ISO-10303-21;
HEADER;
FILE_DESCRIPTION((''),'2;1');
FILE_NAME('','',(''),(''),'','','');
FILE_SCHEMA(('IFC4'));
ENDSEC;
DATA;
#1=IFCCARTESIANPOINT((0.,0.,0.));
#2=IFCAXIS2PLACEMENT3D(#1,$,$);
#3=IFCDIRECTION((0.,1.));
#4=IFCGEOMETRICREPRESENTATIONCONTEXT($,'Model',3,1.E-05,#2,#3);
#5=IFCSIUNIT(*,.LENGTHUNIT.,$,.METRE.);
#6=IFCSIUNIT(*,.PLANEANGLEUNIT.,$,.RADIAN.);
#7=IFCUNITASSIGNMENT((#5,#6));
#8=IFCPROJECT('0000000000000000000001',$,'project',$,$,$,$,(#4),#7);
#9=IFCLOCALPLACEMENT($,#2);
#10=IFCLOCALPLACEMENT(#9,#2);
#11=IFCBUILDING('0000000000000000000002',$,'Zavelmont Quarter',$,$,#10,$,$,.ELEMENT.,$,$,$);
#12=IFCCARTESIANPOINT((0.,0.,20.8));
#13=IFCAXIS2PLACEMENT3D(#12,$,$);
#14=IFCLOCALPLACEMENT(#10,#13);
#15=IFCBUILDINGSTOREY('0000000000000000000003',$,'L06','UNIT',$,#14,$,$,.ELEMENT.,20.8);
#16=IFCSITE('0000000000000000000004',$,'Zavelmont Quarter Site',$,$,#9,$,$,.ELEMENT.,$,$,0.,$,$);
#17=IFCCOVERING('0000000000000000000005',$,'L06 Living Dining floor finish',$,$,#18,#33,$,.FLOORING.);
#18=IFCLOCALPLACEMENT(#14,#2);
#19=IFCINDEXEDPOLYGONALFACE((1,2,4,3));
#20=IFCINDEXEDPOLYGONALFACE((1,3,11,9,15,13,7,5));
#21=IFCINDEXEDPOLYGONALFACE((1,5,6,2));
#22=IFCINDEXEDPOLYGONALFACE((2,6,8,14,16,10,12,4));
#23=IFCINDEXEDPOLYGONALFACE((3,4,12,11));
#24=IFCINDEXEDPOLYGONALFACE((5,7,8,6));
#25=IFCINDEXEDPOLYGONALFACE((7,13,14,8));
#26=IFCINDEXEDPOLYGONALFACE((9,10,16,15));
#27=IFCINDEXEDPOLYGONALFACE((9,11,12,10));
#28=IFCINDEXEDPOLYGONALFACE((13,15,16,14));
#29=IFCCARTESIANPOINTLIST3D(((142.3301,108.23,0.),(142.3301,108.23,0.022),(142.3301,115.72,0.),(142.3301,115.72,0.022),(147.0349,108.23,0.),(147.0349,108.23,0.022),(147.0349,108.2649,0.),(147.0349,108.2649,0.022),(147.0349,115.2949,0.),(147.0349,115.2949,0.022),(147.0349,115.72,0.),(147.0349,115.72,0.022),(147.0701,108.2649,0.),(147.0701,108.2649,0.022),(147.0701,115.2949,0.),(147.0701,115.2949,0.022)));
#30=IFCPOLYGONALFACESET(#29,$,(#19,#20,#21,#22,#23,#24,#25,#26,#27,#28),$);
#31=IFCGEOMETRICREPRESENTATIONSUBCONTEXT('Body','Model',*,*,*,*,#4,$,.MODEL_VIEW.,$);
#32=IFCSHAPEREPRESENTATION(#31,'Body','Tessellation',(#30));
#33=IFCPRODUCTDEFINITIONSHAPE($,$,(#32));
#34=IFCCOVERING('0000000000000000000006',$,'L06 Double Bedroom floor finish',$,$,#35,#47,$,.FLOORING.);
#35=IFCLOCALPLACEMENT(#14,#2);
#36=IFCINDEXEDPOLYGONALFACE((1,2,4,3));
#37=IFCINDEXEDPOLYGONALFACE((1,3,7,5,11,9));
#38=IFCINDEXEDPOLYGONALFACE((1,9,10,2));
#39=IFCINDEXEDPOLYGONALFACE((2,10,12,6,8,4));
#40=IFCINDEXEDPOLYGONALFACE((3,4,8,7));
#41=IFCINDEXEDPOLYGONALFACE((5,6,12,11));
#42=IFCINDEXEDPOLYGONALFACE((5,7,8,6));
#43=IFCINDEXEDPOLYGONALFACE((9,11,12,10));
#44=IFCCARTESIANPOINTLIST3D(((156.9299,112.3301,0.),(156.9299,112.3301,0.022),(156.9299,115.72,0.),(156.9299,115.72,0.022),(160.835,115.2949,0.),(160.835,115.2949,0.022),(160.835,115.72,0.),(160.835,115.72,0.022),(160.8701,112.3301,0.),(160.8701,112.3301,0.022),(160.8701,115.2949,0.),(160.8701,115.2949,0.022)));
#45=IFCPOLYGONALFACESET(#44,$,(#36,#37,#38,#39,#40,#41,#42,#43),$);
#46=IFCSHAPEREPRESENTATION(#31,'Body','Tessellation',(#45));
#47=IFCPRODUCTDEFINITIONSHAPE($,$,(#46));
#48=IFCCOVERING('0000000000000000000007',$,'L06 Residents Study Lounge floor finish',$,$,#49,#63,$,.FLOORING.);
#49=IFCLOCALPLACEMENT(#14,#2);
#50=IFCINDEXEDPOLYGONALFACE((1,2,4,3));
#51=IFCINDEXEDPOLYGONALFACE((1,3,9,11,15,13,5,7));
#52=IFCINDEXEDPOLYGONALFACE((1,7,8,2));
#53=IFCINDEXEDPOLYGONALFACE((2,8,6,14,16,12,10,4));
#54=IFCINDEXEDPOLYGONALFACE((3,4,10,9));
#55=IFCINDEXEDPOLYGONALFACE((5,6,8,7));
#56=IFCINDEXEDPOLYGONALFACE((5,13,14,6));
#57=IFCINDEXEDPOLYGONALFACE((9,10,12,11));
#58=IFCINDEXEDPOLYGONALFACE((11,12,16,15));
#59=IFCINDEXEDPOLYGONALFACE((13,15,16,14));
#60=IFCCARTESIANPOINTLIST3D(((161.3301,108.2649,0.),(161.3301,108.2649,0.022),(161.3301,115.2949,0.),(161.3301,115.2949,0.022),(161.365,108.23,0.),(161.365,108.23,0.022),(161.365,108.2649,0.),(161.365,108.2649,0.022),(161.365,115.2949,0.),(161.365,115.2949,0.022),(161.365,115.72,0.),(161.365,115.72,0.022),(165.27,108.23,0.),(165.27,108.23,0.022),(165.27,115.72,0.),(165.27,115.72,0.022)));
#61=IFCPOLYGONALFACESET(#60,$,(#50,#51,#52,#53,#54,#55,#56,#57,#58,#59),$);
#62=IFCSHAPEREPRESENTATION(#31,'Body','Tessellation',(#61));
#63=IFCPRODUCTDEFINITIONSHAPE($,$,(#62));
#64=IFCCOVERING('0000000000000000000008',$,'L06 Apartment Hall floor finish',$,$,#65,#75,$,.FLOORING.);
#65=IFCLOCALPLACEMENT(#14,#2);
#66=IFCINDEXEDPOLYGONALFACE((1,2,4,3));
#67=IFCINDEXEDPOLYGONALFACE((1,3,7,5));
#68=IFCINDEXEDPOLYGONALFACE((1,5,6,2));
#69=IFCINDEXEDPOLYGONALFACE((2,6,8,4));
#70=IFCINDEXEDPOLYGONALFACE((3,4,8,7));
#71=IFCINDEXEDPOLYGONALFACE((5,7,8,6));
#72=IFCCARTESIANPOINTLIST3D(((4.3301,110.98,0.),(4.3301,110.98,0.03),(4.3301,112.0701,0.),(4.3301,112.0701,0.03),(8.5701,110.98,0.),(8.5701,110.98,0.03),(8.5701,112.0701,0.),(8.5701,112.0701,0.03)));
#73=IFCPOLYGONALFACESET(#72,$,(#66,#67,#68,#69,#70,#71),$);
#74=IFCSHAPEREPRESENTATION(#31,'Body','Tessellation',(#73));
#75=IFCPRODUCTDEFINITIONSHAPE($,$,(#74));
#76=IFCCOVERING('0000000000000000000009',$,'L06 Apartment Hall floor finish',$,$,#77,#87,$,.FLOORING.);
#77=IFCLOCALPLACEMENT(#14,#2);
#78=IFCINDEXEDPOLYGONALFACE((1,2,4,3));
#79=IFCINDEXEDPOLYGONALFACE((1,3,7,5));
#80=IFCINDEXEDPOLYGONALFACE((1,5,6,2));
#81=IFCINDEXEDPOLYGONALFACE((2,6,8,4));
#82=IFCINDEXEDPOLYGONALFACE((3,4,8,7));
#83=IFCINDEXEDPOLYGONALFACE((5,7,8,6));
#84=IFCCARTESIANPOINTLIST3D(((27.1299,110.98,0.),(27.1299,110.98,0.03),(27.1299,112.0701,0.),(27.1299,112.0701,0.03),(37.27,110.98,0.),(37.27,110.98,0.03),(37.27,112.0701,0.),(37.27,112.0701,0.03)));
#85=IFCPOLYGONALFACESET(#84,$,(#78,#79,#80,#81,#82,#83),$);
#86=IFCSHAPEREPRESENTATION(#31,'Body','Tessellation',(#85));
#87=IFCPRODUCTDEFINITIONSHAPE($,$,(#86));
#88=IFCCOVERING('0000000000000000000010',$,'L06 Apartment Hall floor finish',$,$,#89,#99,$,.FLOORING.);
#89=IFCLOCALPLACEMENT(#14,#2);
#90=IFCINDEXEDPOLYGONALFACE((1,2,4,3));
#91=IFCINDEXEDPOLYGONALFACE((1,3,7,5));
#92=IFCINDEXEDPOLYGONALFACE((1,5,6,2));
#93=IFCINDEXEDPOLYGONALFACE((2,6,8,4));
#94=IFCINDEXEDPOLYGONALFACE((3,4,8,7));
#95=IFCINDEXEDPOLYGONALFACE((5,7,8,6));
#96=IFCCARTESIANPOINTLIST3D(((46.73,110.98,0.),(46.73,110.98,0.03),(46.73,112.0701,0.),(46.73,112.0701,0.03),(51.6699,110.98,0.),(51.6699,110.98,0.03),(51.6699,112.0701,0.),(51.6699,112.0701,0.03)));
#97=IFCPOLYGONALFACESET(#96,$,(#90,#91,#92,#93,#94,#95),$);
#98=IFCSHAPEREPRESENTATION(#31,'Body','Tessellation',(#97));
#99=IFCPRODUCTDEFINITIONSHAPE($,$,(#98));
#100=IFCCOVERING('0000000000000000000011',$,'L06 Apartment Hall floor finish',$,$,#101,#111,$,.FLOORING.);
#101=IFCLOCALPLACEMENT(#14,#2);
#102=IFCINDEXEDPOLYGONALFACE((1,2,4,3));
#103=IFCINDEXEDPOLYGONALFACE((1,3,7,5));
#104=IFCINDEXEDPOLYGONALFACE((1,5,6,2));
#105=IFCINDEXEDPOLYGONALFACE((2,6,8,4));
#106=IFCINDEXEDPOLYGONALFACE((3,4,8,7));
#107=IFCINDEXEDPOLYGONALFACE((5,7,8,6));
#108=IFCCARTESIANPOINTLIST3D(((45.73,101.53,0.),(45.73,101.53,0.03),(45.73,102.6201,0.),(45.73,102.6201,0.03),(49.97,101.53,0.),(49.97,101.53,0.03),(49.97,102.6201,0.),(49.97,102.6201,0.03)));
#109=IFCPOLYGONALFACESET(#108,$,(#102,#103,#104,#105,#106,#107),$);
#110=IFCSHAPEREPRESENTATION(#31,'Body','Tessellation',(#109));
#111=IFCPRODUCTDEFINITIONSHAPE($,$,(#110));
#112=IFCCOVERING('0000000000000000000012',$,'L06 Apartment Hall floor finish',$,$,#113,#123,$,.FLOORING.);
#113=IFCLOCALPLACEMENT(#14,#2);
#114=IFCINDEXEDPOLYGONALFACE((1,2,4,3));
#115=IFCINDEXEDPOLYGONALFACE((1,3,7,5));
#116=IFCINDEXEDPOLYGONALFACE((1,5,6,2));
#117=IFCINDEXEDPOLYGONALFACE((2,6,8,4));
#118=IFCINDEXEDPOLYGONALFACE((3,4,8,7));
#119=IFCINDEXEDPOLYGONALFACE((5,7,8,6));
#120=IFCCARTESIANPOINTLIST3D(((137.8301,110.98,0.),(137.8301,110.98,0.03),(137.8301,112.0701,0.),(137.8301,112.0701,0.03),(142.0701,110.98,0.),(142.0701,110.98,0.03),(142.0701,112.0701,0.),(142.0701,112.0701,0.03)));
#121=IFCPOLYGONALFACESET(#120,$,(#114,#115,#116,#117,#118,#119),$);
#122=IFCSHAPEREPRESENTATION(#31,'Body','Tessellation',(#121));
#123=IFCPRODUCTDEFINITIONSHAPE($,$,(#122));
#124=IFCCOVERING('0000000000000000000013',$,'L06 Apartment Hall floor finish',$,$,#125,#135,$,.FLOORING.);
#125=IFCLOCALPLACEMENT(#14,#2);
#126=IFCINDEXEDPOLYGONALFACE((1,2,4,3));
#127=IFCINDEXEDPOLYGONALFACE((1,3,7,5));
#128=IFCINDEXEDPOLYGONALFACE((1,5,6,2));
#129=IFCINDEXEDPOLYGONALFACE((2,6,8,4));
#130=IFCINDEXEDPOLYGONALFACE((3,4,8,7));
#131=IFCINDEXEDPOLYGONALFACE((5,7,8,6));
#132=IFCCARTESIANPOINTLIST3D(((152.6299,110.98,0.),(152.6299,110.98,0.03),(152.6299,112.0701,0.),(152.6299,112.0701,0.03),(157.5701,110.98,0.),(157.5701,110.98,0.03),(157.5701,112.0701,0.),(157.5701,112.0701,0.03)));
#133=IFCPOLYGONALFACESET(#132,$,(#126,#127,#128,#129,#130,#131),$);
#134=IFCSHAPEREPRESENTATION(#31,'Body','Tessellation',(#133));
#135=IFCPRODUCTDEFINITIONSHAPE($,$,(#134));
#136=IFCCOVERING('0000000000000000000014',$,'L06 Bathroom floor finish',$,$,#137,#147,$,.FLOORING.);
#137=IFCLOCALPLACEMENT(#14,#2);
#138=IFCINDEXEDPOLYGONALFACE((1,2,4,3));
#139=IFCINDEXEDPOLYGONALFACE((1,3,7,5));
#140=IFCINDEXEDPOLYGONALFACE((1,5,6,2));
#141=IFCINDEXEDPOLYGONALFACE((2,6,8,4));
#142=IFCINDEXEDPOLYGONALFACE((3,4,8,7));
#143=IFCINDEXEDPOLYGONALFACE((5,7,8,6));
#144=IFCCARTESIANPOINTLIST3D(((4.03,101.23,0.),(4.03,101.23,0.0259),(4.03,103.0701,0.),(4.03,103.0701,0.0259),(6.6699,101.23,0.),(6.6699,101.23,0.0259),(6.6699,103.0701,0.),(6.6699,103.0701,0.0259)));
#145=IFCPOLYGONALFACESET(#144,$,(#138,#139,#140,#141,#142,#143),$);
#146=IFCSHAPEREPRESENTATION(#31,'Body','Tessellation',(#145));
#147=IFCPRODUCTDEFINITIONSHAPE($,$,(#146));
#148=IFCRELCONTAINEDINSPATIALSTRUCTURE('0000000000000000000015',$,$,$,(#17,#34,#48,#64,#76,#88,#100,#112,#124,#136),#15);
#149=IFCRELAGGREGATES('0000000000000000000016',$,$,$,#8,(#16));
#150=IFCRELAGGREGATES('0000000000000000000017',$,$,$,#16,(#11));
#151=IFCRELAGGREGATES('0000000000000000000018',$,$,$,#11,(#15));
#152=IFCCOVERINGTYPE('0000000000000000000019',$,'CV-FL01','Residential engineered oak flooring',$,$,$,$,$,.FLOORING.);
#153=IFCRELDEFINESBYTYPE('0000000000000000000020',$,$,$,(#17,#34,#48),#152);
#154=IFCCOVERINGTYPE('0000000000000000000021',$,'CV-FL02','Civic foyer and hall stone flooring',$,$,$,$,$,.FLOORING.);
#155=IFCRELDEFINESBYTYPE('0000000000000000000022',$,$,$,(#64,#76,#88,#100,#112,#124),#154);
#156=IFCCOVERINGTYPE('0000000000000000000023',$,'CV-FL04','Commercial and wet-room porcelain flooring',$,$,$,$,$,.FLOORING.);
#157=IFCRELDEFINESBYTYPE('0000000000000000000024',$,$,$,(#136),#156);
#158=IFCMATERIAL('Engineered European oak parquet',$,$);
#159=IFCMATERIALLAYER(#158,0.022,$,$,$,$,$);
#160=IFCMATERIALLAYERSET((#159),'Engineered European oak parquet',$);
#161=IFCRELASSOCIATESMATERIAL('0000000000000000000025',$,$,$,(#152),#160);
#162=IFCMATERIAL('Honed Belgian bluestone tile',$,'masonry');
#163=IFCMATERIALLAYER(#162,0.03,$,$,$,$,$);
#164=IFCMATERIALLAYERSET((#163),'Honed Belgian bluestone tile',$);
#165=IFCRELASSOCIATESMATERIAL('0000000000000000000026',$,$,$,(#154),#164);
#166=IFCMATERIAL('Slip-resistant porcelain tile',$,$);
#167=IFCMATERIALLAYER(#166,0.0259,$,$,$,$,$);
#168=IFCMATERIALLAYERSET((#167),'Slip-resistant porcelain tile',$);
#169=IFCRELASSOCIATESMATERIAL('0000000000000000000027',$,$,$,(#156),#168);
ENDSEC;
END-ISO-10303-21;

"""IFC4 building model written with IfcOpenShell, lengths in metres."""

from ifc_helpers import new_model, si_unit, direction, frame, origin, place, context, subcontext, project, spatial, polyline, outline, extrude, material, layer, layer_set, type_object, element, save


model = new_model("IFC4")

# Units and contexts
model_context = context("Model", 3, precision=1e-05, world=origin(), true_north=direction((0.0, 1.0)))
body_context = subcontext(model_context, "Body", "Model", "MODEL_VIEW")
ifc_project = project(units=[si_unit("LENGTHUNIT", "METRE"), si_unit("PLANEANGLEUNIT", "RADIAN")], contexts=[model_context])

# Site, building, storey
site_placement = place(None, origin())
site = spatial("IfcSite", under=ifc_project, at=site_placement, Name="Zavelmont Quarter Site", CompositionType="ELEMENT", RefElevation=0.0)
building_placement = place(site_placement, origin())
building = spatial("IfcBuilding", under=site, at=building_placement, Name="Zavelmont Quarter", CompositionType="ELEMENT")
storey_placement = place(building_placement, frame((0.0, 0.0, 20.8)))
storey = spatial("IfcBuildingStorey", under=building, at=storey_placement, Name="L06", Description="UNIT", CompositionType="ELEMENT", Elevation=20.8)

# Coverings
ifc_material_1 = material(Name="Engineered European oak parquet")
ifc_layer_1 = layer(ifc_material_1, 0.022)
ifc_layer_set_1 = layer_set([ifc_layer_1], Name="Engineered European oak parquet")
covering_type_1 = type_object("IfcCoveringType", Name="CV-FL01", Description="Residential engineered oak flooring", PredefinedType="FLOORING", material=ifc_layer_set_1)
covering_1_placement = place(storey_placement, origin())
element("IfcCovering", 1, at=covering_1_placement, inside=storey, type_object=covering_type_1, Name="L06 Living Dining floor finish", PredefinedType="FLOORING", context=body_context, shape_type="SweptSolid", body=[
    extrude(outline(polyline([(142.3301, 115.72), (147.0349, 115.72), (147.0349, 115.2949), (147.0701, 115.2949), (147.0701, 108.2649), (147.0349, 108.2649), (147.0349, 108.23), (142.3301, 108.23), (142.3301, 115.72)])), origin(), (0.0, 0.0, 1.0), 0.022),
])
covering_2_placement = place(storey_placement, origin())
element("IfcCovering", 2, at=covering_2_placement, inside=storey, type_object=covering_type_1, Name="L06 Double Bedroom floor finish", PredefinedType="FLOORING", context=body_context, shape_type="SweptSolid", body=[
    extrude(outline(polyline([(156.9299, 115.72), (160.835, 115.72), (160.835, 115.2949), (160.8701, 115.2949), (160.8701, 112.3301), (156.9299, 112.3301), (156.9299, 115.72)])), origin(), (0.0, 0.0, 1.0), 0.022),
])
covering_3_placement = place(storey_placement, origin())
element("IfcCovering", 3, at=covering_3_placement, inside=storey, type_object=covering_type_1, Name="L06 Residents Study Lounge floor finish", PredefinedType="FLOORING", context=body_context, shape_type="SweptSolid", body=[
    extrude(outline(polyline([(161.3301, 115.2949), (161.365, 115.2949), (161.365, 115.72), (165.27, 115.72), (165.27, 108.23), (161.365, 108.23), (161.365, 108.2649), (161.3301, 108.2649), (161.3301, 115.2949)])), origin(), (0.0, 0.0, 1.0), 0.022),
])
ifc_material_2 = material(Name="Honed Belgian bluestone tile", Category="masonry")
ifc_layer_2 = layer(ifc_material_2, 0.03)
ifc_layer_set_2 = layer_set([ifc_layer_2], Name="Honed Belgian bluestone tile")
covering_type_2 = type_object("IfcCoveringType", Name="CV-FL02", Description="Civic foyer and hall stone flooring", PredefinedType="FLOORING", material=ifc_layer_set_2)
covering_4_placement = place(storey_placement, origin())
element("IfcCovering", 4, at=covering_4_placement, inside=storey, type_object=covering_type_2, Name="L06 Apartment Hall floor finish", PredefinedType="FLOORING", context=body_context, shape_type="SweptSolid", body=[
    extrude(outline(polyline([(4.3301, 112.0701), (8.5701, 112.0701), (8.5701, 110.98), (4.3301, 110.98), (4.3301, 112.0701)])), origin(), (0.0, 0.0, 1.0), 0.03),
])
covering_5_placement = place(storey_placement, origin())
element("IfcCovering", 5, at=covering_5_placement, inside=storey, type_object=covering_type_2, Name="L06 Apartment Hall floor finish", PredefinedType="FLOORING", context=body_context, shape_type="SweptSolid", body=[
    extrude(outline(polyline([(27.1299, 112.0701), (37.27, 112.0701), (37.27, 110.98), (27.1299, 110.98), (27.1299, 112.0701)])), origin(), (0.0, 0.0, 1.0), 0.03),
])
covering_6_placement = place(storey_placement, origin())
element("IfcCovering", 6, at=covering_6_placement, inside=storey, type_object=covering_type_2, Name="L06 Apartment Hall floor finish", PredefinedType="FLOORING", context=body_context, shape_type="SweptSolid", body=[
    extrude(outline(polyline([(46.73, 112.0701), (51.6699, 112.0701), (51.6699, 110.98), (46.73, 110.98), (46.73, 112.0701)])), origin(), (0.0, 0.0, 1.0), 0.03),
])
covering_7_placement = place(storey_placement, origin())
element("IfcCovering", 7, at=covering_7_placement, inside=storey, type_object=covering_type_2, Name="L06 Apartment Hall floor finish", PredefinedType="FLOORING", context=body_context, shape_type="SweptSolid", body=[
    extrude(outline(polyline([(45.73, 102.6201), (49.97, 102.6201), (49.97, 101.53), (45.73, 101.53), (45.73, 102.6201)])), origin(), (0.0, 0.0, 1.0), 0.03),
])
covering_8_placement = place(storey_placement, origin())
element("IfcCovering", 8, at=covering_8_placement, inside=storey, type_object=covering_type_2, Name="L06 Apartment Hall floor finish", PredefinedType="FLOORING", context=body_context, shape_type="SweptSolid", body=[
    extrude(outline(polyline([(137.8301, 112.0701), (142.0701, 112.0701), (142.0701, 110.98), (137.8301, 110.98), (137.8301, 112.0701)])), origin(), (0.0, 0.0, 1.0), 0.03),
])
covering_9_placement = place(storey_placement, origin())
element("IfcCovering", 9, at=covering_9_placement, inside=storey, type_object=covering_type_2, Name="L06 Apartment Hall floor finish", PredefinedType="FLOORING", context=body_context, shape_type="SweptSolid", body=[
    extrude(outline(polyline([(152.6299, 112.0701), (157.5701, 112.0701), (157.5701, 110.98), (152.6299, 110.98), (152.6299, 112.0701)])), origin(), (0.0, 0.0, 1.0), 0.03),
])
ifc_material_3 = material(Name="Slip-resistant porcelain tile")
ifc_layer_3 = layer(ifc_material_3, 0.0259)
ifc_layer_set_3 = layer_set([ifc_layer_3], Name="Slip-resistant porcelain tile")
covering_type_3 = type_object("IfcCoveringType", Name="CV-FL04", Description="Commercial and wet-room porcelain flooring", PredefinedType="FLOORING", material=ifc_layer_set_3)
covering_10_placement = place(storey_placement, origin())
element("IfcCovering", 10, at=covering_10_placement, inside=storey, type_object=covering_type_3, Name="L06 Bathroom floor finish", PredefinedType="FLOORING", context=body_context, shape_type="SweptSolid", body=[
    extrude(outline(polyline([(4.03, 103.0701), (6.6699, 103.0701), (6.6699, 101.23), (4.03, 101.23), (4.03, 103.0701)])), origin(), (0.0, 0.0, 1.0), 0.0259),
])

save(model, "model.ifc")
